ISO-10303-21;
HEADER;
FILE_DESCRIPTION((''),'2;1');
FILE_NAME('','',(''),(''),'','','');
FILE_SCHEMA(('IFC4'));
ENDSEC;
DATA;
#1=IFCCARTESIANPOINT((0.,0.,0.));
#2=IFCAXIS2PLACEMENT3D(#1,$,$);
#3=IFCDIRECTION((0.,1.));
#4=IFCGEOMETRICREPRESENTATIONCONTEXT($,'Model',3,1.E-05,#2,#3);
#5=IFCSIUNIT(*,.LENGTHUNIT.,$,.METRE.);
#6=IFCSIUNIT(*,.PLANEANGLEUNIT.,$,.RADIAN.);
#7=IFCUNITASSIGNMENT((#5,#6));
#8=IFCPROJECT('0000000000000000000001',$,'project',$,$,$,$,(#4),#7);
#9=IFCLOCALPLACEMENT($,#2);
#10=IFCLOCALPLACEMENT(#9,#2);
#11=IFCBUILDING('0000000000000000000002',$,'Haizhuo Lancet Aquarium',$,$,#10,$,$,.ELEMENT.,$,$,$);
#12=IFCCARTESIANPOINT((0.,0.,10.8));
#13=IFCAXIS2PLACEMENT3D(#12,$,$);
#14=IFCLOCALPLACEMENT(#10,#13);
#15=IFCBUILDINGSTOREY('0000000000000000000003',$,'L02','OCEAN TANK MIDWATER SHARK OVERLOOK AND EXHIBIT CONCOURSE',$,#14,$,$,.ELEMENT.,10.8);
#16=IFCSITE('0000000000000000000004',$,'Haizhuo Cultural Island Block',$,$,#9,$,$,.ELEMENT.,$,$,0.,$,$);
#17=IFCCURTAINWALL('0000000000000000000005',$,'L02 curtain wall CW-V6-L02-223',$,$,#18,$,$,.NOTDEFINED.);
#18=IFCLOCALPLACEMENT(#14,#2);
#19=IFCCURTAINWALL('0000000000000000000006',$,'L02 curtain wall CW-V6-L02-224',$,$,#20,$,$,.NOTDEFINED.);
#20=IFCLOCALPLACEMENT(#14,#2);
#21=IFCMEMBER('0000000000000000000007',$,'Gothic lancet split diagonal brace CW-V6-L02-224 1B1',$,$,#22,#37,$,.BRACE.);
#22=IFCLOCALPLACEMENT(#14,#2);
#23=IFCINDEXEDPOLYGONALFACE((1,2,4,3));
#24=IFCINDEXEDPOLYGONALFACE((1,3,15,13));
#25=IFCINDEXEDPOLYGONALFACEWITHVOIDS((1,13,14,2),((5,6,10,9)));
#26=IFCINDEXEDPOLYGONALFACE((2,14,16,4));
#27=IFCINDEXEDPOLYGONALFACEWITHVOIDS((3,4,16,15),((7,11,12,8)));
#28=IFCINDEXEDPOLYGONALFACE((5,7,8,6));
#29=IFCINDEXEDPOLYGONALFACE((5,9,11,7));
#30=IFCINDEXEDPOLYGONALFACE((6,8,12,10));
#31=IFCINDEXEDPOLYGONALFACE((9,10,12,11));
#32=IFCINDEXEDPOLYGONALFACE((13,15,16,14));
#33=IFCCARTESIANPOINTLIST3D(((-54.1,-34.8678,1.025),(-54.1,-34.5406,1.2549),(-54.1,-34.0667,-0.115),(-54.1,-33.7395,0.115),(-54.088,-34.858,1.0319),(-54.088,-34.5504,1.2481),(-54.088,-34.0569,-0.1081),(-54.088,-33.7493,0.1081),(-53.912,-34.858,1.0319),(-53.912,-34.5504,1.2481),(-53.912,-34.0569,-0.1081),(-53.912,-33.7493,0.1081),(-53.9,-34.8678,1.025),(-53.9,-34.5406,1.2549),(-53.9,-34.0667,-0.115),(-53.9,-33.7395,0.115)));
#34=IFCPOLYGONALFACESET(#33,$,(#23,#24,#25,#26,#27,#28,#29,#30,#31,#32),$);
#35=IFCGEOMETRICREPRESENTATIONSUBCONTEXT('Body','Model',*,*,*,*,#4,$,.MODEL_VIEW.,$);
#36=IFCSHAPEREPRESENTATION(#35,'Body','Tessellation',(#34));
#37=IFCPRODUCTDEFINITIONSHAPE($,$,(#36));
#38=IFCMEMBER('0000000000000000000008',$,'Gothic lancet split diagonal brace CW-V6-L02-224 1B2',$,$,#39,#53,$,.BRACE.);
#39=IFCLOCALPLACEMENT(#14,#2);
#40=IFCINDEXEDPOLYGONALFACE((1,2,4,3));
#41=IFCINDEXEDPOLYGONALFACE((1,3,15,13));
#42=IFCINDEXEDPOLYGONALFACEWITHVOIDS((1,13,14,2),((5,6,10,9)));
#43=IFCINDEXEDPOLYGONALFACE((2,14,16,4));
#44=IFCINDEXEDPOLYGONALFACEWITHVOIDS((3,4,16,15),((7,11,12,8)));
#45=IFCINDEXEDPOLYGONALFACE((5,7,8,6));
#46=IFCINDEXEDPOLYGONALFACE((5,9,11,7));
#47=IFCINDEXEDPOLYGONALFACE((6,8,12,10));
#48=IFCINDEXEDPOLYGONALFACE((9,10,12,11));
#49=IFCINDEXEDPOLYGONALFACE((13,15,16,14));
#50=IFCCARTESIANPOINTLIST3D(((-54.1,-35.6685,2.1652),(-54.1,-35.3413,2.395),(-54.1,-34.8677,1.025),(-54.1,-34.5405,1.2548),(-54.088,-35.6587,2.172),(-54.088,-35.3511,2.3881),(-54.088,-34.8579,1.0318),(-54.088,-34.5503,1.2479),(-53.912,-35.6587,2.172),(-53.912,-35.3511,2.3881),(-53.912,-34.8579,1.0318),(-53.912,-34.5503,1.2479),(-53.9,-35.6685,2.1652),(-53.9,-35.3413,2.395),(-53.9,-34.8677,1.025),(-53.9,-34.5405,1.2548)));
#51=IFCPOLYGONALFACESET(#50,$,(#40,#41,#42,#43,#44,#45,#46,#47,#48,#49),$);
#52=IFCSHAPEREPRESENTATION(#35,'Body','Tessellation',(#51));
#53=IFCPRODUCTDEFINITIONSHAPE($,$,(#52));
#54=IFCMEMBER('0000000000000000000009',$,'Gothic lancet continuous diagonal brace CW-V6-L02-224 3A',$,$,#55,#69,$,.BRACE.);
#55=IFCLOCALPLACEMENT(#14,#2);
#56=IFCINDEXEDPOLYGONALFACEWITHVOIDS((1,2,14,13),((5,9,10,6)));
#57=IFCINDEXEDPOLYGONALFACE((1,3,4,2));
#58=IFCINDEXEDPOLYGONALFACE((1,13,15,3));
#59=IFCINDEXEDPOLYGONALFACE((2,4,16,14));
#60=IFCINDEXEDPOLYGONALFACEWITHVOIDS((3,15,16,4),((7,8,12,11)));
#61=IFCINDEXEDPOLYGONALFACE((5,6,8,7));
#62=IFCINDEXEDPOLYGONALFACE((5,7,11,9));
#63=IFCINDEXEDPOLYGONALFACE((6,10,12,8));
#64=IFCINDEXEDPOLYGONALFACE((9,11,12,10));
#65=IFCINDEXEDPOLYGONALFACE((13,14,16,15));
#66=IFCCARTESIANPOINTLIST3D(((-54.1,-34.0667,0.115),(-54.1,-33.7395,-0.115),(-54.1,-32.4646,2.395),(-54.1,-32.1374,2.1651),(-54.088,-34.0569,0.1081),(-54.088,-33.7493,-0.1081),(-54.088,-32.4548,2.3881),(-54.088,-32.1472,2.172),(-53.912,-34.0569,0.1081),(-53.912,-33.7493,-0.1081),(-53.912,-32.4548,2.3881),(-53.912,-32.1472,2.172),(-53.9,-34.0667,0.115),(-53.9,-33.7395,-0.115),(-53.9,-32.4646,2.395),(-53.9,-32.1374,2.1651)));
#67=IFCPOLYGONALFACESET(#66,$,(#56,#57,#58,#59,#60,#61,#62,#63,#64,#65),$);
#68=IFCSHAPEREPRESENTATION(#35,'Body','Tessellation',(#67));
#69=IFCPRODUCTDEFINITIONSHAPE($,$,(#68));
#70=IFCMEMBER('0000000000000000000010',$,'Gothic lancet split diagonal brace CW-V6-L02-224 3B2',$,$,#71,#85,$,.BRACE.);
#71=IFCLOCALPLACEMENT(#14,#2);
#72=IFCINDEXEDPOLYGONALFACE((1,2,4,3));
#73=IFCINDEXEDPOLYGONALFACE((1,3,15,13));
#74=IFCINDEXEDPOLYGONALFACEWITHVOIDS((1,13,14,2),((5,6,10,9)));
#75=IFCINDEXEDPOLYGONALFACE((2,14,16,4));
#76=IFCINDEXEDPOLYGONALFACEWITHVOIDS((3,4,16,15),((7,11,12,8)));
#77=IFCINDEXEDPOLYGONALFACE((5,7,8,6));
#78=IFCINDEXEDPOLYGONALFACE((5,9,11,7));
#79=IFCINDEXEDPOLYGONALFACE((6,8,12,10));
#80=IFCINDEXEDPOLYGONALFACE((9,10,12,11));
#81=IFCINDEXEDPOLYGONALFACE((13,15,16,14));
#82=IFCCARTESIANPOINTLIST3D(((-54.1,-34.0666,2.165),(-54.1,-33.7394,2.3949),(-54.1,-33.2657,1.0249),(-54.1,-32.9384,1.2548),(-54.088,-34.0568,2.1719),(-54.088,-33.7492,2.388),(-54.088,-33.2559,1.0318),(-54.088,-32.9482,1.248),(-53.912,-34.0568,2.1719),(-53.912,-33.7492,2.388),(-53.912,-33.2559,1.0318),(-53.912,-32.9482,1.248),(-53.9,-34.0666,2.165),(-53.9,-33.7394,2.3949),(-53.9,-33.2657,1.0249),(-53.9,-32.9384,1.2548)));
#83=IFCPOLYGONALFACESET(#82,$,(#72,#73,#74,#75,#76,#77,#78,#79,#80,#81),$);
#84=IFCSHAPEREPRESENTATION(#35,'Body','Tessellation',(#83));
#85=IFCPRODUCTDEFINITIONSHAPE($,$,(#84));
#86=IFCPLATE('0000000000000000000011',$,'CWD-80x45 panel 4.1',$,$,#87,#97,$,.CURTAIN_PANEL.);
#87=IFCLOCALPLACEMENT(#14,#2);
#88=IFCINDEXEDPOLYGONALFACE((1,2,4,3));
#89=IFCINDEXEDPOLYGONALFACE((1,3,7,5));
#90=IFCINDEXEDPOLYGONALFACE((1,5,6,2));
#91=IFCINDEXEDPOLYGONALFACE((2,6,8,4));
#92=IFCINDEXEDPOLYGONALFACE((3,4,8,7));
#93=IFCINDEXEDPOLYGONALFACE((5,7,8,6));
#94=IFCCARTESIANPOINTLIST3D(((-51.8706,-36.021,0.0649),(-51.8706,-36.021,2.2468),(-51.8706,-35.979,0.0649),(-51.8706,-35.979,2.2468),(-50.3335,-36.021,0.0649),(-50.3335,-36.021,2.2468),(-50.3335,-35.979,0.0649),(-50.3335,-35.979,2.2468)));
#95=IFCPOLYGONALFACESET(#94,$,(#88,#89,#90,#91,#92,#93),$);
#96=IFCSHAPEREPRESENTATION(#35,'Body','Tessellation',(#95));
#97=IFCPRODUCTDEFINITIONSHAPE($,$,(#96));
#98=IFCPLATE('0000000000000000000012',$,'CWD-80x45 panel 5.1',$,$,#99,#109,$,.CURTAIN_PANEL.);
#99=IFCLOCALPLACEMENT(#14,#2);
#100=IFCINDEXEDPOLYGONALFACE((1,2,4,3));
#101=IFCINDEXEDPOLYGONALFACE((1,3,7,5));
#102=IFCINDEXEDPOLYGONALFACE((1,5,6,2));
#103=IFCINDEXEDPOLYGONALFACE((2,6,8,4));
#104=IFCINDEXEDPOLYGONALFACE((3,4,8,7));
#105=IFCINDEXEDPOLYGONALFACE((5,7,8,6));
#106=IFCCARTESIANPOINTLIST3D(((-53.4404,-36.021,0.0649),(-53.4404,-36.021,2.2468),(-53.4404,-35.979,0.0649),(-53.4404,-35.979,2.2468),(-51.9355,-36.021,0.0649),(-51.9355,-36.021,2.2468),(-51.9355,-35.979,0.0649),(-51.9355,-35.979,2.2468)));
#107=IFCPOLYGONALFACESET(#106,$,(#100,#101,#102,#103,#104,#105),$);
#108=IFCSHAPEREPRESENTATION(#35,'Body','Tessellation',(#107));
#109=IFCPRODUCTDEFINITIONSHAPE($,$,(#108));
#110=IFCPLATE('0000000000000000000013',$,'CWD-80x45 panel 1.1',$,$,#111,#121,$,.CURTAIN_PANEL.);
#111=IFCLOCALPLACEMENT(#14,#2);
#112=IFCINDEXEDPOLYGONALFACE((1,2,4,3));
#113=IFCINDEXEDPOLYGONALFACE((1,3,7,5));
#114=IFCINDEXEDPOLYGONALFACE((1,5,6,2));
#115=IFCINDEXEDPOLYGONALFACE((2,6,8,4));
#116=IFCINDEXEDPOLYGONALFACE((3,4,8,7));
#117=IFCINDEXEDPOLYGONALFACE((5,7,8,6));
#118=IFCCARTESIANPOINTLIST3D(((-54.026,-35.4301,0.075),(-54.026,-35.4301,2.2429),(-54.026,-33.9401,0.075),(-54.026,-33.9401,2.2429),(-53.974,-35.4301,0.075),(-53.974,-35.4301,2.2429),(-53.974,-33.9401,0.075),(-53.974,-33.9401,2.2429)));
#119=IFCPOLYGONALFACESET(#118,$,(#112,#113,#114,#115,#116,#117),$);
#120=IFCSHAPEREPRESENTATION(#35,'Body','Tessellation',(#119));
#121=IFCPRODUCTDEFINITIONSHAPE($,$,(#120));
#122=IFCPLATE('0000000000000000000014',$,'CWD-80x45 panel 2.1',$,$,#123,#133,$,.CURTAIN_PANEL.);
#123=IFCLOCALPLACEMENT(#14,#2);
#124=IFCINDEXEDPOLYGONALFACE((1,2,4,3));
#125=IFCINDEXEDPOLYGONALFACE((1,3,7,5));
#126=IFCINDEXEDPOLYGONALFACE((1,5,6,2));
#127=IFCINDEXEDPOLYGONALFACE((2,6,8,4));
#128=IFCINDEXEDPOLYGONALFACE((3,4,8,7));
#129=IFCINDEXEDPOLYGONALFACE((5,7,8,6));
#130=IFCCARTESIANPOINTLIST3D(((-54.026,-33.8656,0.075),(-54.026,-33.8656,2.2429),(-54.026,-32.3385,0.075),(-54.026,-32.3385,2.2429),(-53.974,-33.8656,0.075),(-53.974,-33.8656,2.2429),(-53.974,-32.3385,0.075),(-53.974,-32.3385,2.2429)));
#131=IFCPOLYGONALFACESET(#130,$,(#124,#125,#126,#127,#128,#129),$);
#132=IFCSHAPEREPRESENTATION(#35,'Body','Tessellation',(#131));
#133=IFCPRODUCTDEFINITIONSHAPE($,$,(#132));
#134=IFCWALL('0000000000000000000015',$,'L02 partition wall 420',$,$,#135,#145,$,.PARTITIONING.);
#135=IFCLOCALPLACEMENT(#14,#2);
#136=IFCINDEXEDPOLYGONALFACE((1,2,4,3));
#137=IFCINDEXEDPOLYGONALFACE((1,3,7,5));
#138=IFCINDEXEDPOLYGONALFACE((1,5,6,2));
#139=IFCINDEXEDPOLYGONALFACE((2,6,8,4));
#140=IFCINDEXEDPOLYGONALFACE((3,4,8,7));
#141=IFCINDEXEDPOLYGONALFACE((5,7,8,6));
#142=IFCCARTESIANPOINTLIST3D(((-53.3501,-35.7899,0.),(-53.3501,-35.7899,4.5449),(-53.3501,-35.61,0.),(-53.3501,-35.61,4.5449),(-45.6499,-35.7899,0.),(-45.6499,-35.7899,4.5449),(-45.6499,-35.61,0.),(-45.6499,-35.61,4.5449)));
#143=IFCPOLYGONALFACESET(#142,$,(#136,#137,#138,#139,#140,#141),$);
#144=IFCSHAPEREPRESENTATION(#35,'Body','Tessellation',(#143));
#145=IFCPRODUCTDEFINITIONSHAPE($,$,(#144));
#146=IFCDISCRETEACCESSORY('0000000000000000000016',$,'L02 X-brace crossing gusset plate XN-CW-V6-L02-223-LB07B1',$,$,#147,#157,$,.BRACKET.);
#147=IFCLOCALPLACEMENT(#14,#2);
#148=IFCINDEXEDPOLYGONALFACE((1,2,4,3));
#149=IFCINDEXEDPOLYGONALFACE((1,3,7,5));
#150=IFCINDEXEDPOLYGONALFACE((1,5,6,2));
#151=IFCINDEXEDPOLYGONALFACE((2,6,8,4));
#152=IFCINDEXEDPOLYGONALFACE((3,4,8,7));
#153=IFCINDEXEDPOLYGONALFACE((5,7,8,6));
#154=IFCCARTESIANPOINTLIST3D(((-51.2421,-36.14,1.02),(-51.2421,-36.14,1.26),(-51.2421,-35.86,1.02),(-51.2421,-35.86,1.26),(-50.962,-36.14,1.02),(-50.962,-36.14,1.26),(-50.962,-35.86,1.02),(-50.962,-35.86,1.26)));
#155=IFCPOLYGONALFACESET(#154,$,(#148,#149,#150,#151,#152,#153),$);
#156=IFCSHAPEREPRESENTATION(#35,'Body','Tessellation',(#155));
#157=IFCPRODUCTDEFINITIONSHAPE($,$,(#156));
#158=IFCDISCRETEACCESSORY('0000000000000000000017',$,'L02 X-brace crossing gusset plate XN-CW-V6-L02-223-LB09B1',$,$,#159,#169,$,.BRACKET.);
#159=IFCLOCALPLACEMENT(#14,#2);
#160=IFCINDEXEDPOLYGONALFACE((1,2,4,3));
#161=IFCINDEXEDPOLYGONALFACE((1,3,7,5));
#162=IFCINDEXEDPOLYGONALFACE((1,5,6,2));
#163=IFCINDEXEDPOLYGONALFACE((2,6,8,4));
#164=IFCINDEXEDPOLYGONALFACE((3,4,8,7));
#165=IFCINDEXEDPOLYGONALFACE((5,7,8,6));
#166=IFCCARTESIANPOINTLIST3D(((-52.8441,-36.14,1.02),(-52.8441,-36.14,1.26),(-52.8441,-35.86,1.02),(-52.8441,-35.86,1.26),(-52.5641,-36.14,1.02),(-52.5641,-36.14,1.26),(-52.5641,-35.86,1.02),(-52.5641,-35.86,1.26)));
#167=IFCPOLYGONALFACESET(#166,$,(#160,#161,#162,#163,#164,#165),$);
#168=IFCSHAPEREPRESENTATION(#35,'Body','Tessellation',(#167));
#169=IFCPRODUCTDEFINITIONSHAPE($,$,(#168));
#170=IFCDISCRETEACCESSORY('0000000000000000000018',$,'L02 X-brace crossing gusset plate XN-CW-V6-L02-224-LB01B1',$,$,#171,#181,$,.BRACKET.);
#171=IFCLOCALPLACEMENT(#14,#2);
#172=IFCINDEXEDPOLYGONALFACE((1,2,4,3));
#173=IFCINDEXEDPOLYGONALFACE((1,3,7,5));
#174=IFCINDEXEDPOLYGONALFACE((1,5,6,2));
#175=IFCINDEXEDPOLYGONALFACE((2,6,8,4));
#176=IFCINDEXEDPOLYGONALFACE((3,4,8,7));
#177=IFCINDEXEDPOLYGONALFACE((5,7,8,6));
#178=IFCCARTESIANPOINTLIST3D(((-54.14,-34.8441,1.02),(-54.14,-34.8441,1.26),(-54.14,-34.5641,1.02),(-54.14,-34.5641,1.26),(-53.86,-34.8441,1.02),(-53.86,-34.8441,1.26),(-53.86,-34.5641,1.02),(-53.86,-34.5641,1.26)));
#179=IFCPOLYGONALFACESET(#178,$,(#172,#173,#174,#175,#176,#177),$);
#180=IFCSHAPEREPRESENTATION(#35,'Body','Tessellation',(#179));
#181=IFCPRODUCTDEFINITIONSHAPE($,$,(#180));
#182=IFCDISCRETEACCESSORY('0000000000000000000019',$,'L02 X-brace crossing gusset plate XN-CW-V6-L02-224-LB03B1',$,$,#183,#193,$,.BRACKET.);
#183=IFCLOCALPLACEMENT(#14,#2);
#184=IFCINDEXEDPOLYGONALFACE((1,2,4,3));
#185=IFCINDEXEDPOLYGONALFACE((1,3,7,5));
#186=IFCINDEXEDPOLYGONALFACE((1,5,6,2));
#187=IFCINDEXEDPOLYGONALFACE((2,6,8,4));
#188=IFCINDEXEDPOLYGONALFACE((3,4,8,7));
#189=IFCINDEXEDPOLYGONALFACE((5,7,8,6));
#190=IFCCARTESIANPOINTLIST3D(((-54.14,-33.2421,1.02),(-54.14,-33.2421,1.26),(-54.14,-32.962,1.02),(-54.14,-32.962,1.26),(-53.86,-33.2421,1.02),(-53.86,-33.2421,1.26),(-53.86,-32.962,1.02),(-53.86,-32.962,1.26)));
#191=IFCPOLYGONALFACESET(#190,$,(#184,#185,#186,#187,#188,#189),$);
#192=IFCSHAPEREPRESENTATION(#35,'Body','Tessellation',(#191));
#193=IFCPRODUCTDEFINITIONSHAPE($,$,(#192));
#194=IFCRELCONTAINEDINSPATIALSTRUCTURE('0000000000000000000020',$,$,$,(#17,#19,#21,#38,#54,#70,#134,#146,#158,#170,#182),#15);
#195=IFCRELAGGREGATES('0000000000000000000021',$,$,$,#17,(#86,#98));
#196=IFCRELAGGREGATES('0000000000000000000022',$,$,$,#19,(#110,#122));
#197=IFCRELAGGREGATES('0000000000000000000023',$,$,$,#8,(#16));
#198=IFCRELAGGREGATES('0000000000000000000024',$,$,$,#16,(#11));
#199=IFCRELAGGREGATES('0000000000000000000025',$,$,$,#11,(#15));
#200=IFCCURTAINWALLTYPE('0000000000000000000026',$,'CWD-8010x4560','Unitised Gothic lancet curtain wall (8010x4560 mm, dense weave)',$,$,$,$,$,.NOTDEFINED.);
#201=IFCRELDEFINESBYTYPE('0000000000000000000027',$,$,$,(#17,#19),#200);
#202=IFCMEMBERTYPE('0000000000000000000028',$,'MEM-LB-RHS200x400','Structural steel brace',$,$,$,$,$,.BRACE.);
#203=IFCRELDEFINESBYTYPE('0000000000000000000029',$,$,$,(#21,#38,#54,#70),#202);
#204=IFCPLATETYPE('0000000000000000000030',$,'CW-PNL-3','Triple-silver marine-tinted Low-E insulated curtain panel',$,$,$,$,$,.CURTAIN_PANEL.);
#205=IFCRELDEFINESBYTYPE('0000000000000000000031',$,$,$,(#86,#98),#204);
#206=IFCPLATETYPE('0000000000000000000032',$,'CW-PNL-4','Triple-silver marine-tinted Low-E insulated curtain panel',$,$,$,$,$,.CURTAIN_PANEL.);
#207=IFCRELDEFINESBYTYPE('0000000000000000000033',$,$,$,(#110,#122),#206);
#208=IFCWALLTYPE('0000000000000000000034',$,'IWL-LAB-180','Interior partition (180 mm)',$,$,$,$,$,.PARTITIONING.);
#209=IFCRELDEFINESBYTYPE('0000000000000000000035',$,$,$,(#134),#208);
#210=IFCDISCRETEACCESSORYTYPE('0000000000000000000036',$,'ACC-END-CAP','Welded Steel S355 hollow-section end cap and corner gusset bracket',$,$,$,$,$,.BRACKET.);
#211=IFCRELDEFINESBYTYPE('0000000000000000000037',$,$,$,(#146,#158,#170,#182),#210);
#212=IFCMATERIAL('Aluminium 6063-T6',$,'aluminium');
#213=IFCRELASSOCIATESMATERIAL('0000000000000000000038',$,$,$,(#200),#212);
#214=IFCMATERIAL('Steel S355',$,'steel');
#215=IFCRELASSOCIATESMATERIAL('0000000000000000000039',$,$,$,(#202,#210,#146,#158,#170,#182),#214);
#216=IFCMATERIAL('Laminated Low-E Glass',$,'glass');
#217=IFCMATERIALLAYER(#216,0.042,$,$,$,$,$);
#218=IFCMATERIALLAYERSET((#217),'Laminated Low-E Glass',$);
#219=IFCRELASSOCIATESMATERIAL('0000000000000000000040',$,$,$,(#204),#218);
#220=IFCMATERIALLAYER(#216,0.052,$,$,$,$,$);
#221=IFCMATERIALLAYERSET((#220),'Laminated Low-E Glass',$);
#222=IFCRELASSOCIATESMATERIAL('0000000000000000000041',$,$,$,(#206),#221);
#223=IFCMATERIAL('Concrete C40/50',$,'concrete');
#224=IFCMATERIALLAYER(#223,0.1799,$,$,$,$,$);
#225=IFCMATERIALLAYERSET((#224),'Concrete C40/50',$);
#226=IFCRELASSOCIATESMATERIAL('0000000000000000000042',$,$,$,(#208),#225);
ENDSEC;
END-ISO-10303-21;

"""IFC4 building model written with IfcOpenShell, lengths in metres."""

from ifc_helpers import new_model, si_unit, direction, frame, frame_2d, origin, origin_2d, place, context, subcontext, project, spatial, rectangle, hollow_rectangle, extrude, material, layer, layer_set, material_profile, profile_set, type_object, element, aggregate, save


model = new_model("IFC4")

# Units and contexts
model_context = context("Model", 3, precision=1e-05, world=origin(), true_north=direction((0.0, 1.0)))
body_context = subcontext(model_context, "Body", "Model", "MODEL_VIEW")
ifc_project = project(units=[si_unit("LENGTHUNIT", "METRE"), si_unit("PLANEANGLEUNIT", "RADIAN")], contexts=[model_context])

# Site, building, storey
site_placement = place(None, origin())
site = spatial("IfcSite", under=ifc_project, at=site_placement, Name="Haizhuo Cultural Island Block", CompositionType="ELEMENT", RefElevation=0.0)
building_placement = place(site_placement, origin())
building = spatial("IfcBuilding", under=site, at=building_placement, Name="Haizhuo Lancet Aquarium", CompositionType="ELEMENT")
storey_placement = place(building_placement, frame((0.0, 0.0, 10.8)))
storey = spatial("IfcBuildingStorey", under=building, at=storey_placement, Name="L02", Description="OCEAN TANK MIDWATER SHARK OVERLOOK AND EXHIBIT CONCOURSE", CompositionType="ELEMENT", Elevation=10.8)

# Curtain walls
ifc_material_1 = material(Name="Aluminium 6063-T6", Category="aluminium")
curtain_wall_type = type_object("IfcCurtainWallType", Name="CWD-8010x4560", Description="Unitised Gothic lancet curtain wall (8010x4560 mm, dense weave)", PredefinedType="NOTDEFINED", material=ifc_material_1)
curtain_wall_1_placement = place(storey_placement, origin())
curtain_wall_1 = element("IfcCurtainWall", 1, at=curtain_wall_1_placement, inside=storey, type_object=curtain_wall_type, Name="L02 curtain wall CW-V6-L02-223", PredefinedType="NOTDEFINED")
curtain_wall_2_placement = place(storey_placement, origin())
curtain_wall_2 = element("IfcCurtainWall", 2, at=curtain_wall_2_placement, inside=storey, type_object=curtain_wall_type, Name="L02 curtain wall CW-V6-L02-224", PredefinedType="NOTDEFINED")

# Members
ifc_material_2 = material(Name="Steel S355", Category="steel")
ifc_material_profile_1 = material_profile(ifc_material_2, hollow_rectangle(XDim=0.2, YDim=0.3999, WallThickness=0.012, at=origin_2d()), Name="RHS 200x400x12")
ifc_profile_set_1 = profile_set([ifc_material_profile_1], Name="Steel S355")
member_type_1 = type_object("IfcMemberType", Name="MEM-LB-RHS200x400", Description="Structural steel brace", PredefinedType="BRACE", material=ifc_profile_set_1)
for number, where, z_axis, x_axis, name in (
    (3, (-54.0, -33.9031, 0.0), (0.0, -0.574955, 0.818185), (1.0, 0.0, 0.0), "Gothic lancet split diagonal brace CW-V6-L02-224 1B1"),
    (4, (-54.0, -34.7041, 1.1399), (0.0, -0.574755, 0.818325), (1.0, 0.0, 0.0), "Gothic lancet split diagonal brace CW-V6-L02-224 1B2"),
):
    element("IfcMember", number, at=place(storey_placement, frame(where, z_axis=z_axis, x_axis=x_axis)), inside=storey, type_object=member_type_1, Name=name, PredefinedType="BRACE", context=body_context, shape_type="SweptSolid", body=[
        extrude(hollow_rectangle(XDim=0.2, YDim=0.3999, WallThickness=0.012, at=origin_2d()), origin(), (0.0, 0.0, 1.0), 1.3933),
    ])
member_1_placement = place(storey_placement, frame((-54.0, -33.9031, 0.0), z_axis=(0.0, 0.574914, 0.818214), x_axis=(-1.0, 0.0, 0.0)))
element("IfcMember", 5, at=member_1_placement, inside=storey, type_object=member_type_1, Name="Gothic lancet continuous diagonal brace CW-V6-L02-224 3A", PredefinedType="BRACE", context=body_context, shape_type="SweptSolid", body=[
    extrude(hollow_rectangle(XDim=0.2, YDim=0.3999, WallThickness=0.012, at=origin_2d()), origin(), (0.0, 0.0, 1.0), 2.7866),
])
member_2_placement = place(storey_placement, frame((-54.0, -33.1021, 1.1399), z_axis=(0.0, -0.574873, 0.818243), x_axis=(1.0, 0.0, 0.0)))
element("IfcMember", 6, at=member_2_placement, inside=storey, type_object=member_type_1, Name="Gothic lancet split diagonal brace CW-V6-L02-224 3B2", PredefinedType="BRACE", context=body_context, shape_type="SweptSolid", body=[
    extrude(hollow_rectangle(XDim=0.2, YDim=0.3999, WallThickness=0.012, at=origin_2d()), origin(), (0.0, 0.0, 1.0), 1.3933),
])

# Plates
ifc_material_3 = material(Name="Laminated Low-E Glass", Category="glass")
ifc_layer_1 = layer(ifc_material_3, 0.042)
ifc_layer_set_1 = layer_set([ifc_layer_1], Name="Laminated Low-E Glass")
plate_type_1 = type_object("IfcPlateType", Name="CW-PNL-3", Description="Triple-silver marine-tinted Low-E insulated curtain panel", PredefinedType="CURTAIN_PANEL", material=ifc_layer_set_1)
plate_1_placement = place(storey_placement, frame((-51.1021, -36.0, 0.0649), z_axis=(0.0, 0.0, 1.0), x_axis=(-1.0, 0.0, 0.0)))
plate_1 = element("IfcPlate", 7, at=plate_1_placement, type_object=plate_type_1, Name="CWD-80x45 panel 4.1", PredefinedType="CURTAIN_PANEL", context=body_context, shape_type="SweptSolid", body=[
    extrude(rectangle(XDim=1.5371, YDim=0.042, at=origin_2d()), origin(), (0.0, 0.0, 1.0), 2.1819),
])
plate_2_placement = place(storey_placement, frame((-52.688, -36.0, 0.0649), z_axis=(0.0, 0.0, 1.0), x_axis=(-1.0, 0.0, 0.0)))
plate_2 = element("IfcPlate", 8, at=plate_2_placement, type_object=plate_type_1, Name="CWD-80x45 panel 5.1", PredefinedType="CURTAIN_PANEL", context=body_context, shape_type="SweptSolid", body=[
    extrude(rectangle(XDim=1.5049, YDim=0.042, at=origin_2d()), origin(), (0.0, 0.0, 1.0), 2.1819),
])
aggregate(curtain_wall_1, [plate_1, plate_2])
ifc_layer_2 = layer(ifc_material_3, 0.052)
ifc_layer_set_2 = layer_set([ifc_layer_2], Name="Laminated Low-E Glass")
plate_type_2 = type_object("IfcPlateType", Name="CW-PNL-4", Description="Triple-silver marine-tinted Low-E insulated curtain panel", PredefinedType="CURTAIN_PANEL", material=ifc_layer_set_2)
plate_3_placement = place(storey_placement, frame((-54.0, -34.6851, 0.075), z_axis=(0.0, 0.0, 1.0), x_axis=(0.0, 1.0, 0.0)))
plate_3 = element("IfcPlate", 9, at=plate_3_placement, type_object=plate_type_2, Name="CWD-80x45 panel 1.1", PredefinedType="CURTAIN_PANEL", context=body_context, shape_type="SweptSolid", body=[
    extrude(rectangle(XDim=1.49, YDim=0.052, at=origin_2d()), origin(), (0.0, 0.0, 1.0), 2.168),
])
plate_4_placement = place(storey_placement, frame((-54.0, -33.1021, 0.075), z_axis=(0.0, 0.0, 1.0), x_axis=(0.0, 1.0, 0.0)))
plate_4 = element("IfcPlate", 10, at=plate_4_placement, type_object=plate_type_2, Name="CWD-80x45 panel 2.1", PredefinedType="CURTAIN_PANEL", context=body_context, shape_type="SweptSolid", body=[
    extrude(rectangle(XDim=1.5271, YDim=0.052, at=origin_2d()), origin(), (0.0, 0.0, 1.0), 2.168),
])
aggregate(curtain_wall_2, [plate_3, plate_4])

# Wall
ifc_material_4 = material(Name="Concrete C40/50", Category="concrete")
ifc_layer_3 = layer(ifc_material_4, 0.1799)
ifc_layer_set_3 = layer_set([ifc_layer_3], Name="Concrete C40/50")
wall_type = type_object("IfcWallType", Name="IWL-LAB-180", Description="Interior partition (180 mm)", PredefinedType="PARTITIONING", material=ifc_layer_set_3)
wall_placement = place(storey_placement, frame((-53.3501, -35.7, 0.0), z_axis=(0.0, 0.0, 1.0), x_axis=(1.0, 0.0, 0.0)))
element("IfcWall", 11, at=wall_placement, inside=storey, type_object=wall_type, Name="L02 partition wall 420", PredefinedType="PARTITIONING", context=body_context, shape_type="SweptSolid", body=[
    extrude(rectangle(XDim=7.7002, YDim=0.1799, at=frame_2d((3.8501, 0.0))), origin(), (0.0, 0.0, 1.0), 4.5449),
])

# Discrete accessories
discrete_accessory_type = type_object("IfcDiscreteAccessoryType", Name="ACC-END-CAP", Description="Welded Steel S355 hollow-section end cap and corner gusset bracket", PredefinedType="BRACKET", material=ifc_material_2)
for number, where, z_axis, x_axis, name in (
    (12, (-51.1021, -36.0, 1.02), (0.0, 0.0, 1.0), (1.0, 0.0, 0.0), "L02 X-brace crossing gusset plate XN-CW-V6-L02-223-LB07B1"),
    (13, (-52.7041, -36.0, 1.02), (0.0, 0.0, 1.0), (1.0, 0.0, 0.0), "L02 X-brace crossing gusset plate XN-CW-V6-L02-223-LB09B1"),
    (14, (-54.0, -34.7041, 1.02), (0.0, 0.0, 1.0), (1.0, 0.0, 0.0), "L02 X-brace crossing gusset plate XN-CW-V6-L02-224-LB01B1"),
    (15, (-54.0, -33.1021, 1.02), (0.0, 0.0, 1.0), (1.0, 0.0, 0.0), "L02 X-brace crossing gusset plate XN-CW-V6-L02-224-LB03B1"),
):
    element("IfcDiscreteAccessory", number, at=place(storey_placement, frame(where, z_axis=z_axis, x_axis=x_axis)), inside=storey, type_object=discrete_accessory_type, material=ifc_material_2, Name=name, PredefinedType="BRACKET", context=body_context, shape_type="SweptSolid", body=[
        extrude(rectangle(XDim=0.28, YDim=0.28, at=origin_2d()), origin(), (0.0, 0.0, 1.0), 0.24),
    ])

save(model, "model.ifc")
